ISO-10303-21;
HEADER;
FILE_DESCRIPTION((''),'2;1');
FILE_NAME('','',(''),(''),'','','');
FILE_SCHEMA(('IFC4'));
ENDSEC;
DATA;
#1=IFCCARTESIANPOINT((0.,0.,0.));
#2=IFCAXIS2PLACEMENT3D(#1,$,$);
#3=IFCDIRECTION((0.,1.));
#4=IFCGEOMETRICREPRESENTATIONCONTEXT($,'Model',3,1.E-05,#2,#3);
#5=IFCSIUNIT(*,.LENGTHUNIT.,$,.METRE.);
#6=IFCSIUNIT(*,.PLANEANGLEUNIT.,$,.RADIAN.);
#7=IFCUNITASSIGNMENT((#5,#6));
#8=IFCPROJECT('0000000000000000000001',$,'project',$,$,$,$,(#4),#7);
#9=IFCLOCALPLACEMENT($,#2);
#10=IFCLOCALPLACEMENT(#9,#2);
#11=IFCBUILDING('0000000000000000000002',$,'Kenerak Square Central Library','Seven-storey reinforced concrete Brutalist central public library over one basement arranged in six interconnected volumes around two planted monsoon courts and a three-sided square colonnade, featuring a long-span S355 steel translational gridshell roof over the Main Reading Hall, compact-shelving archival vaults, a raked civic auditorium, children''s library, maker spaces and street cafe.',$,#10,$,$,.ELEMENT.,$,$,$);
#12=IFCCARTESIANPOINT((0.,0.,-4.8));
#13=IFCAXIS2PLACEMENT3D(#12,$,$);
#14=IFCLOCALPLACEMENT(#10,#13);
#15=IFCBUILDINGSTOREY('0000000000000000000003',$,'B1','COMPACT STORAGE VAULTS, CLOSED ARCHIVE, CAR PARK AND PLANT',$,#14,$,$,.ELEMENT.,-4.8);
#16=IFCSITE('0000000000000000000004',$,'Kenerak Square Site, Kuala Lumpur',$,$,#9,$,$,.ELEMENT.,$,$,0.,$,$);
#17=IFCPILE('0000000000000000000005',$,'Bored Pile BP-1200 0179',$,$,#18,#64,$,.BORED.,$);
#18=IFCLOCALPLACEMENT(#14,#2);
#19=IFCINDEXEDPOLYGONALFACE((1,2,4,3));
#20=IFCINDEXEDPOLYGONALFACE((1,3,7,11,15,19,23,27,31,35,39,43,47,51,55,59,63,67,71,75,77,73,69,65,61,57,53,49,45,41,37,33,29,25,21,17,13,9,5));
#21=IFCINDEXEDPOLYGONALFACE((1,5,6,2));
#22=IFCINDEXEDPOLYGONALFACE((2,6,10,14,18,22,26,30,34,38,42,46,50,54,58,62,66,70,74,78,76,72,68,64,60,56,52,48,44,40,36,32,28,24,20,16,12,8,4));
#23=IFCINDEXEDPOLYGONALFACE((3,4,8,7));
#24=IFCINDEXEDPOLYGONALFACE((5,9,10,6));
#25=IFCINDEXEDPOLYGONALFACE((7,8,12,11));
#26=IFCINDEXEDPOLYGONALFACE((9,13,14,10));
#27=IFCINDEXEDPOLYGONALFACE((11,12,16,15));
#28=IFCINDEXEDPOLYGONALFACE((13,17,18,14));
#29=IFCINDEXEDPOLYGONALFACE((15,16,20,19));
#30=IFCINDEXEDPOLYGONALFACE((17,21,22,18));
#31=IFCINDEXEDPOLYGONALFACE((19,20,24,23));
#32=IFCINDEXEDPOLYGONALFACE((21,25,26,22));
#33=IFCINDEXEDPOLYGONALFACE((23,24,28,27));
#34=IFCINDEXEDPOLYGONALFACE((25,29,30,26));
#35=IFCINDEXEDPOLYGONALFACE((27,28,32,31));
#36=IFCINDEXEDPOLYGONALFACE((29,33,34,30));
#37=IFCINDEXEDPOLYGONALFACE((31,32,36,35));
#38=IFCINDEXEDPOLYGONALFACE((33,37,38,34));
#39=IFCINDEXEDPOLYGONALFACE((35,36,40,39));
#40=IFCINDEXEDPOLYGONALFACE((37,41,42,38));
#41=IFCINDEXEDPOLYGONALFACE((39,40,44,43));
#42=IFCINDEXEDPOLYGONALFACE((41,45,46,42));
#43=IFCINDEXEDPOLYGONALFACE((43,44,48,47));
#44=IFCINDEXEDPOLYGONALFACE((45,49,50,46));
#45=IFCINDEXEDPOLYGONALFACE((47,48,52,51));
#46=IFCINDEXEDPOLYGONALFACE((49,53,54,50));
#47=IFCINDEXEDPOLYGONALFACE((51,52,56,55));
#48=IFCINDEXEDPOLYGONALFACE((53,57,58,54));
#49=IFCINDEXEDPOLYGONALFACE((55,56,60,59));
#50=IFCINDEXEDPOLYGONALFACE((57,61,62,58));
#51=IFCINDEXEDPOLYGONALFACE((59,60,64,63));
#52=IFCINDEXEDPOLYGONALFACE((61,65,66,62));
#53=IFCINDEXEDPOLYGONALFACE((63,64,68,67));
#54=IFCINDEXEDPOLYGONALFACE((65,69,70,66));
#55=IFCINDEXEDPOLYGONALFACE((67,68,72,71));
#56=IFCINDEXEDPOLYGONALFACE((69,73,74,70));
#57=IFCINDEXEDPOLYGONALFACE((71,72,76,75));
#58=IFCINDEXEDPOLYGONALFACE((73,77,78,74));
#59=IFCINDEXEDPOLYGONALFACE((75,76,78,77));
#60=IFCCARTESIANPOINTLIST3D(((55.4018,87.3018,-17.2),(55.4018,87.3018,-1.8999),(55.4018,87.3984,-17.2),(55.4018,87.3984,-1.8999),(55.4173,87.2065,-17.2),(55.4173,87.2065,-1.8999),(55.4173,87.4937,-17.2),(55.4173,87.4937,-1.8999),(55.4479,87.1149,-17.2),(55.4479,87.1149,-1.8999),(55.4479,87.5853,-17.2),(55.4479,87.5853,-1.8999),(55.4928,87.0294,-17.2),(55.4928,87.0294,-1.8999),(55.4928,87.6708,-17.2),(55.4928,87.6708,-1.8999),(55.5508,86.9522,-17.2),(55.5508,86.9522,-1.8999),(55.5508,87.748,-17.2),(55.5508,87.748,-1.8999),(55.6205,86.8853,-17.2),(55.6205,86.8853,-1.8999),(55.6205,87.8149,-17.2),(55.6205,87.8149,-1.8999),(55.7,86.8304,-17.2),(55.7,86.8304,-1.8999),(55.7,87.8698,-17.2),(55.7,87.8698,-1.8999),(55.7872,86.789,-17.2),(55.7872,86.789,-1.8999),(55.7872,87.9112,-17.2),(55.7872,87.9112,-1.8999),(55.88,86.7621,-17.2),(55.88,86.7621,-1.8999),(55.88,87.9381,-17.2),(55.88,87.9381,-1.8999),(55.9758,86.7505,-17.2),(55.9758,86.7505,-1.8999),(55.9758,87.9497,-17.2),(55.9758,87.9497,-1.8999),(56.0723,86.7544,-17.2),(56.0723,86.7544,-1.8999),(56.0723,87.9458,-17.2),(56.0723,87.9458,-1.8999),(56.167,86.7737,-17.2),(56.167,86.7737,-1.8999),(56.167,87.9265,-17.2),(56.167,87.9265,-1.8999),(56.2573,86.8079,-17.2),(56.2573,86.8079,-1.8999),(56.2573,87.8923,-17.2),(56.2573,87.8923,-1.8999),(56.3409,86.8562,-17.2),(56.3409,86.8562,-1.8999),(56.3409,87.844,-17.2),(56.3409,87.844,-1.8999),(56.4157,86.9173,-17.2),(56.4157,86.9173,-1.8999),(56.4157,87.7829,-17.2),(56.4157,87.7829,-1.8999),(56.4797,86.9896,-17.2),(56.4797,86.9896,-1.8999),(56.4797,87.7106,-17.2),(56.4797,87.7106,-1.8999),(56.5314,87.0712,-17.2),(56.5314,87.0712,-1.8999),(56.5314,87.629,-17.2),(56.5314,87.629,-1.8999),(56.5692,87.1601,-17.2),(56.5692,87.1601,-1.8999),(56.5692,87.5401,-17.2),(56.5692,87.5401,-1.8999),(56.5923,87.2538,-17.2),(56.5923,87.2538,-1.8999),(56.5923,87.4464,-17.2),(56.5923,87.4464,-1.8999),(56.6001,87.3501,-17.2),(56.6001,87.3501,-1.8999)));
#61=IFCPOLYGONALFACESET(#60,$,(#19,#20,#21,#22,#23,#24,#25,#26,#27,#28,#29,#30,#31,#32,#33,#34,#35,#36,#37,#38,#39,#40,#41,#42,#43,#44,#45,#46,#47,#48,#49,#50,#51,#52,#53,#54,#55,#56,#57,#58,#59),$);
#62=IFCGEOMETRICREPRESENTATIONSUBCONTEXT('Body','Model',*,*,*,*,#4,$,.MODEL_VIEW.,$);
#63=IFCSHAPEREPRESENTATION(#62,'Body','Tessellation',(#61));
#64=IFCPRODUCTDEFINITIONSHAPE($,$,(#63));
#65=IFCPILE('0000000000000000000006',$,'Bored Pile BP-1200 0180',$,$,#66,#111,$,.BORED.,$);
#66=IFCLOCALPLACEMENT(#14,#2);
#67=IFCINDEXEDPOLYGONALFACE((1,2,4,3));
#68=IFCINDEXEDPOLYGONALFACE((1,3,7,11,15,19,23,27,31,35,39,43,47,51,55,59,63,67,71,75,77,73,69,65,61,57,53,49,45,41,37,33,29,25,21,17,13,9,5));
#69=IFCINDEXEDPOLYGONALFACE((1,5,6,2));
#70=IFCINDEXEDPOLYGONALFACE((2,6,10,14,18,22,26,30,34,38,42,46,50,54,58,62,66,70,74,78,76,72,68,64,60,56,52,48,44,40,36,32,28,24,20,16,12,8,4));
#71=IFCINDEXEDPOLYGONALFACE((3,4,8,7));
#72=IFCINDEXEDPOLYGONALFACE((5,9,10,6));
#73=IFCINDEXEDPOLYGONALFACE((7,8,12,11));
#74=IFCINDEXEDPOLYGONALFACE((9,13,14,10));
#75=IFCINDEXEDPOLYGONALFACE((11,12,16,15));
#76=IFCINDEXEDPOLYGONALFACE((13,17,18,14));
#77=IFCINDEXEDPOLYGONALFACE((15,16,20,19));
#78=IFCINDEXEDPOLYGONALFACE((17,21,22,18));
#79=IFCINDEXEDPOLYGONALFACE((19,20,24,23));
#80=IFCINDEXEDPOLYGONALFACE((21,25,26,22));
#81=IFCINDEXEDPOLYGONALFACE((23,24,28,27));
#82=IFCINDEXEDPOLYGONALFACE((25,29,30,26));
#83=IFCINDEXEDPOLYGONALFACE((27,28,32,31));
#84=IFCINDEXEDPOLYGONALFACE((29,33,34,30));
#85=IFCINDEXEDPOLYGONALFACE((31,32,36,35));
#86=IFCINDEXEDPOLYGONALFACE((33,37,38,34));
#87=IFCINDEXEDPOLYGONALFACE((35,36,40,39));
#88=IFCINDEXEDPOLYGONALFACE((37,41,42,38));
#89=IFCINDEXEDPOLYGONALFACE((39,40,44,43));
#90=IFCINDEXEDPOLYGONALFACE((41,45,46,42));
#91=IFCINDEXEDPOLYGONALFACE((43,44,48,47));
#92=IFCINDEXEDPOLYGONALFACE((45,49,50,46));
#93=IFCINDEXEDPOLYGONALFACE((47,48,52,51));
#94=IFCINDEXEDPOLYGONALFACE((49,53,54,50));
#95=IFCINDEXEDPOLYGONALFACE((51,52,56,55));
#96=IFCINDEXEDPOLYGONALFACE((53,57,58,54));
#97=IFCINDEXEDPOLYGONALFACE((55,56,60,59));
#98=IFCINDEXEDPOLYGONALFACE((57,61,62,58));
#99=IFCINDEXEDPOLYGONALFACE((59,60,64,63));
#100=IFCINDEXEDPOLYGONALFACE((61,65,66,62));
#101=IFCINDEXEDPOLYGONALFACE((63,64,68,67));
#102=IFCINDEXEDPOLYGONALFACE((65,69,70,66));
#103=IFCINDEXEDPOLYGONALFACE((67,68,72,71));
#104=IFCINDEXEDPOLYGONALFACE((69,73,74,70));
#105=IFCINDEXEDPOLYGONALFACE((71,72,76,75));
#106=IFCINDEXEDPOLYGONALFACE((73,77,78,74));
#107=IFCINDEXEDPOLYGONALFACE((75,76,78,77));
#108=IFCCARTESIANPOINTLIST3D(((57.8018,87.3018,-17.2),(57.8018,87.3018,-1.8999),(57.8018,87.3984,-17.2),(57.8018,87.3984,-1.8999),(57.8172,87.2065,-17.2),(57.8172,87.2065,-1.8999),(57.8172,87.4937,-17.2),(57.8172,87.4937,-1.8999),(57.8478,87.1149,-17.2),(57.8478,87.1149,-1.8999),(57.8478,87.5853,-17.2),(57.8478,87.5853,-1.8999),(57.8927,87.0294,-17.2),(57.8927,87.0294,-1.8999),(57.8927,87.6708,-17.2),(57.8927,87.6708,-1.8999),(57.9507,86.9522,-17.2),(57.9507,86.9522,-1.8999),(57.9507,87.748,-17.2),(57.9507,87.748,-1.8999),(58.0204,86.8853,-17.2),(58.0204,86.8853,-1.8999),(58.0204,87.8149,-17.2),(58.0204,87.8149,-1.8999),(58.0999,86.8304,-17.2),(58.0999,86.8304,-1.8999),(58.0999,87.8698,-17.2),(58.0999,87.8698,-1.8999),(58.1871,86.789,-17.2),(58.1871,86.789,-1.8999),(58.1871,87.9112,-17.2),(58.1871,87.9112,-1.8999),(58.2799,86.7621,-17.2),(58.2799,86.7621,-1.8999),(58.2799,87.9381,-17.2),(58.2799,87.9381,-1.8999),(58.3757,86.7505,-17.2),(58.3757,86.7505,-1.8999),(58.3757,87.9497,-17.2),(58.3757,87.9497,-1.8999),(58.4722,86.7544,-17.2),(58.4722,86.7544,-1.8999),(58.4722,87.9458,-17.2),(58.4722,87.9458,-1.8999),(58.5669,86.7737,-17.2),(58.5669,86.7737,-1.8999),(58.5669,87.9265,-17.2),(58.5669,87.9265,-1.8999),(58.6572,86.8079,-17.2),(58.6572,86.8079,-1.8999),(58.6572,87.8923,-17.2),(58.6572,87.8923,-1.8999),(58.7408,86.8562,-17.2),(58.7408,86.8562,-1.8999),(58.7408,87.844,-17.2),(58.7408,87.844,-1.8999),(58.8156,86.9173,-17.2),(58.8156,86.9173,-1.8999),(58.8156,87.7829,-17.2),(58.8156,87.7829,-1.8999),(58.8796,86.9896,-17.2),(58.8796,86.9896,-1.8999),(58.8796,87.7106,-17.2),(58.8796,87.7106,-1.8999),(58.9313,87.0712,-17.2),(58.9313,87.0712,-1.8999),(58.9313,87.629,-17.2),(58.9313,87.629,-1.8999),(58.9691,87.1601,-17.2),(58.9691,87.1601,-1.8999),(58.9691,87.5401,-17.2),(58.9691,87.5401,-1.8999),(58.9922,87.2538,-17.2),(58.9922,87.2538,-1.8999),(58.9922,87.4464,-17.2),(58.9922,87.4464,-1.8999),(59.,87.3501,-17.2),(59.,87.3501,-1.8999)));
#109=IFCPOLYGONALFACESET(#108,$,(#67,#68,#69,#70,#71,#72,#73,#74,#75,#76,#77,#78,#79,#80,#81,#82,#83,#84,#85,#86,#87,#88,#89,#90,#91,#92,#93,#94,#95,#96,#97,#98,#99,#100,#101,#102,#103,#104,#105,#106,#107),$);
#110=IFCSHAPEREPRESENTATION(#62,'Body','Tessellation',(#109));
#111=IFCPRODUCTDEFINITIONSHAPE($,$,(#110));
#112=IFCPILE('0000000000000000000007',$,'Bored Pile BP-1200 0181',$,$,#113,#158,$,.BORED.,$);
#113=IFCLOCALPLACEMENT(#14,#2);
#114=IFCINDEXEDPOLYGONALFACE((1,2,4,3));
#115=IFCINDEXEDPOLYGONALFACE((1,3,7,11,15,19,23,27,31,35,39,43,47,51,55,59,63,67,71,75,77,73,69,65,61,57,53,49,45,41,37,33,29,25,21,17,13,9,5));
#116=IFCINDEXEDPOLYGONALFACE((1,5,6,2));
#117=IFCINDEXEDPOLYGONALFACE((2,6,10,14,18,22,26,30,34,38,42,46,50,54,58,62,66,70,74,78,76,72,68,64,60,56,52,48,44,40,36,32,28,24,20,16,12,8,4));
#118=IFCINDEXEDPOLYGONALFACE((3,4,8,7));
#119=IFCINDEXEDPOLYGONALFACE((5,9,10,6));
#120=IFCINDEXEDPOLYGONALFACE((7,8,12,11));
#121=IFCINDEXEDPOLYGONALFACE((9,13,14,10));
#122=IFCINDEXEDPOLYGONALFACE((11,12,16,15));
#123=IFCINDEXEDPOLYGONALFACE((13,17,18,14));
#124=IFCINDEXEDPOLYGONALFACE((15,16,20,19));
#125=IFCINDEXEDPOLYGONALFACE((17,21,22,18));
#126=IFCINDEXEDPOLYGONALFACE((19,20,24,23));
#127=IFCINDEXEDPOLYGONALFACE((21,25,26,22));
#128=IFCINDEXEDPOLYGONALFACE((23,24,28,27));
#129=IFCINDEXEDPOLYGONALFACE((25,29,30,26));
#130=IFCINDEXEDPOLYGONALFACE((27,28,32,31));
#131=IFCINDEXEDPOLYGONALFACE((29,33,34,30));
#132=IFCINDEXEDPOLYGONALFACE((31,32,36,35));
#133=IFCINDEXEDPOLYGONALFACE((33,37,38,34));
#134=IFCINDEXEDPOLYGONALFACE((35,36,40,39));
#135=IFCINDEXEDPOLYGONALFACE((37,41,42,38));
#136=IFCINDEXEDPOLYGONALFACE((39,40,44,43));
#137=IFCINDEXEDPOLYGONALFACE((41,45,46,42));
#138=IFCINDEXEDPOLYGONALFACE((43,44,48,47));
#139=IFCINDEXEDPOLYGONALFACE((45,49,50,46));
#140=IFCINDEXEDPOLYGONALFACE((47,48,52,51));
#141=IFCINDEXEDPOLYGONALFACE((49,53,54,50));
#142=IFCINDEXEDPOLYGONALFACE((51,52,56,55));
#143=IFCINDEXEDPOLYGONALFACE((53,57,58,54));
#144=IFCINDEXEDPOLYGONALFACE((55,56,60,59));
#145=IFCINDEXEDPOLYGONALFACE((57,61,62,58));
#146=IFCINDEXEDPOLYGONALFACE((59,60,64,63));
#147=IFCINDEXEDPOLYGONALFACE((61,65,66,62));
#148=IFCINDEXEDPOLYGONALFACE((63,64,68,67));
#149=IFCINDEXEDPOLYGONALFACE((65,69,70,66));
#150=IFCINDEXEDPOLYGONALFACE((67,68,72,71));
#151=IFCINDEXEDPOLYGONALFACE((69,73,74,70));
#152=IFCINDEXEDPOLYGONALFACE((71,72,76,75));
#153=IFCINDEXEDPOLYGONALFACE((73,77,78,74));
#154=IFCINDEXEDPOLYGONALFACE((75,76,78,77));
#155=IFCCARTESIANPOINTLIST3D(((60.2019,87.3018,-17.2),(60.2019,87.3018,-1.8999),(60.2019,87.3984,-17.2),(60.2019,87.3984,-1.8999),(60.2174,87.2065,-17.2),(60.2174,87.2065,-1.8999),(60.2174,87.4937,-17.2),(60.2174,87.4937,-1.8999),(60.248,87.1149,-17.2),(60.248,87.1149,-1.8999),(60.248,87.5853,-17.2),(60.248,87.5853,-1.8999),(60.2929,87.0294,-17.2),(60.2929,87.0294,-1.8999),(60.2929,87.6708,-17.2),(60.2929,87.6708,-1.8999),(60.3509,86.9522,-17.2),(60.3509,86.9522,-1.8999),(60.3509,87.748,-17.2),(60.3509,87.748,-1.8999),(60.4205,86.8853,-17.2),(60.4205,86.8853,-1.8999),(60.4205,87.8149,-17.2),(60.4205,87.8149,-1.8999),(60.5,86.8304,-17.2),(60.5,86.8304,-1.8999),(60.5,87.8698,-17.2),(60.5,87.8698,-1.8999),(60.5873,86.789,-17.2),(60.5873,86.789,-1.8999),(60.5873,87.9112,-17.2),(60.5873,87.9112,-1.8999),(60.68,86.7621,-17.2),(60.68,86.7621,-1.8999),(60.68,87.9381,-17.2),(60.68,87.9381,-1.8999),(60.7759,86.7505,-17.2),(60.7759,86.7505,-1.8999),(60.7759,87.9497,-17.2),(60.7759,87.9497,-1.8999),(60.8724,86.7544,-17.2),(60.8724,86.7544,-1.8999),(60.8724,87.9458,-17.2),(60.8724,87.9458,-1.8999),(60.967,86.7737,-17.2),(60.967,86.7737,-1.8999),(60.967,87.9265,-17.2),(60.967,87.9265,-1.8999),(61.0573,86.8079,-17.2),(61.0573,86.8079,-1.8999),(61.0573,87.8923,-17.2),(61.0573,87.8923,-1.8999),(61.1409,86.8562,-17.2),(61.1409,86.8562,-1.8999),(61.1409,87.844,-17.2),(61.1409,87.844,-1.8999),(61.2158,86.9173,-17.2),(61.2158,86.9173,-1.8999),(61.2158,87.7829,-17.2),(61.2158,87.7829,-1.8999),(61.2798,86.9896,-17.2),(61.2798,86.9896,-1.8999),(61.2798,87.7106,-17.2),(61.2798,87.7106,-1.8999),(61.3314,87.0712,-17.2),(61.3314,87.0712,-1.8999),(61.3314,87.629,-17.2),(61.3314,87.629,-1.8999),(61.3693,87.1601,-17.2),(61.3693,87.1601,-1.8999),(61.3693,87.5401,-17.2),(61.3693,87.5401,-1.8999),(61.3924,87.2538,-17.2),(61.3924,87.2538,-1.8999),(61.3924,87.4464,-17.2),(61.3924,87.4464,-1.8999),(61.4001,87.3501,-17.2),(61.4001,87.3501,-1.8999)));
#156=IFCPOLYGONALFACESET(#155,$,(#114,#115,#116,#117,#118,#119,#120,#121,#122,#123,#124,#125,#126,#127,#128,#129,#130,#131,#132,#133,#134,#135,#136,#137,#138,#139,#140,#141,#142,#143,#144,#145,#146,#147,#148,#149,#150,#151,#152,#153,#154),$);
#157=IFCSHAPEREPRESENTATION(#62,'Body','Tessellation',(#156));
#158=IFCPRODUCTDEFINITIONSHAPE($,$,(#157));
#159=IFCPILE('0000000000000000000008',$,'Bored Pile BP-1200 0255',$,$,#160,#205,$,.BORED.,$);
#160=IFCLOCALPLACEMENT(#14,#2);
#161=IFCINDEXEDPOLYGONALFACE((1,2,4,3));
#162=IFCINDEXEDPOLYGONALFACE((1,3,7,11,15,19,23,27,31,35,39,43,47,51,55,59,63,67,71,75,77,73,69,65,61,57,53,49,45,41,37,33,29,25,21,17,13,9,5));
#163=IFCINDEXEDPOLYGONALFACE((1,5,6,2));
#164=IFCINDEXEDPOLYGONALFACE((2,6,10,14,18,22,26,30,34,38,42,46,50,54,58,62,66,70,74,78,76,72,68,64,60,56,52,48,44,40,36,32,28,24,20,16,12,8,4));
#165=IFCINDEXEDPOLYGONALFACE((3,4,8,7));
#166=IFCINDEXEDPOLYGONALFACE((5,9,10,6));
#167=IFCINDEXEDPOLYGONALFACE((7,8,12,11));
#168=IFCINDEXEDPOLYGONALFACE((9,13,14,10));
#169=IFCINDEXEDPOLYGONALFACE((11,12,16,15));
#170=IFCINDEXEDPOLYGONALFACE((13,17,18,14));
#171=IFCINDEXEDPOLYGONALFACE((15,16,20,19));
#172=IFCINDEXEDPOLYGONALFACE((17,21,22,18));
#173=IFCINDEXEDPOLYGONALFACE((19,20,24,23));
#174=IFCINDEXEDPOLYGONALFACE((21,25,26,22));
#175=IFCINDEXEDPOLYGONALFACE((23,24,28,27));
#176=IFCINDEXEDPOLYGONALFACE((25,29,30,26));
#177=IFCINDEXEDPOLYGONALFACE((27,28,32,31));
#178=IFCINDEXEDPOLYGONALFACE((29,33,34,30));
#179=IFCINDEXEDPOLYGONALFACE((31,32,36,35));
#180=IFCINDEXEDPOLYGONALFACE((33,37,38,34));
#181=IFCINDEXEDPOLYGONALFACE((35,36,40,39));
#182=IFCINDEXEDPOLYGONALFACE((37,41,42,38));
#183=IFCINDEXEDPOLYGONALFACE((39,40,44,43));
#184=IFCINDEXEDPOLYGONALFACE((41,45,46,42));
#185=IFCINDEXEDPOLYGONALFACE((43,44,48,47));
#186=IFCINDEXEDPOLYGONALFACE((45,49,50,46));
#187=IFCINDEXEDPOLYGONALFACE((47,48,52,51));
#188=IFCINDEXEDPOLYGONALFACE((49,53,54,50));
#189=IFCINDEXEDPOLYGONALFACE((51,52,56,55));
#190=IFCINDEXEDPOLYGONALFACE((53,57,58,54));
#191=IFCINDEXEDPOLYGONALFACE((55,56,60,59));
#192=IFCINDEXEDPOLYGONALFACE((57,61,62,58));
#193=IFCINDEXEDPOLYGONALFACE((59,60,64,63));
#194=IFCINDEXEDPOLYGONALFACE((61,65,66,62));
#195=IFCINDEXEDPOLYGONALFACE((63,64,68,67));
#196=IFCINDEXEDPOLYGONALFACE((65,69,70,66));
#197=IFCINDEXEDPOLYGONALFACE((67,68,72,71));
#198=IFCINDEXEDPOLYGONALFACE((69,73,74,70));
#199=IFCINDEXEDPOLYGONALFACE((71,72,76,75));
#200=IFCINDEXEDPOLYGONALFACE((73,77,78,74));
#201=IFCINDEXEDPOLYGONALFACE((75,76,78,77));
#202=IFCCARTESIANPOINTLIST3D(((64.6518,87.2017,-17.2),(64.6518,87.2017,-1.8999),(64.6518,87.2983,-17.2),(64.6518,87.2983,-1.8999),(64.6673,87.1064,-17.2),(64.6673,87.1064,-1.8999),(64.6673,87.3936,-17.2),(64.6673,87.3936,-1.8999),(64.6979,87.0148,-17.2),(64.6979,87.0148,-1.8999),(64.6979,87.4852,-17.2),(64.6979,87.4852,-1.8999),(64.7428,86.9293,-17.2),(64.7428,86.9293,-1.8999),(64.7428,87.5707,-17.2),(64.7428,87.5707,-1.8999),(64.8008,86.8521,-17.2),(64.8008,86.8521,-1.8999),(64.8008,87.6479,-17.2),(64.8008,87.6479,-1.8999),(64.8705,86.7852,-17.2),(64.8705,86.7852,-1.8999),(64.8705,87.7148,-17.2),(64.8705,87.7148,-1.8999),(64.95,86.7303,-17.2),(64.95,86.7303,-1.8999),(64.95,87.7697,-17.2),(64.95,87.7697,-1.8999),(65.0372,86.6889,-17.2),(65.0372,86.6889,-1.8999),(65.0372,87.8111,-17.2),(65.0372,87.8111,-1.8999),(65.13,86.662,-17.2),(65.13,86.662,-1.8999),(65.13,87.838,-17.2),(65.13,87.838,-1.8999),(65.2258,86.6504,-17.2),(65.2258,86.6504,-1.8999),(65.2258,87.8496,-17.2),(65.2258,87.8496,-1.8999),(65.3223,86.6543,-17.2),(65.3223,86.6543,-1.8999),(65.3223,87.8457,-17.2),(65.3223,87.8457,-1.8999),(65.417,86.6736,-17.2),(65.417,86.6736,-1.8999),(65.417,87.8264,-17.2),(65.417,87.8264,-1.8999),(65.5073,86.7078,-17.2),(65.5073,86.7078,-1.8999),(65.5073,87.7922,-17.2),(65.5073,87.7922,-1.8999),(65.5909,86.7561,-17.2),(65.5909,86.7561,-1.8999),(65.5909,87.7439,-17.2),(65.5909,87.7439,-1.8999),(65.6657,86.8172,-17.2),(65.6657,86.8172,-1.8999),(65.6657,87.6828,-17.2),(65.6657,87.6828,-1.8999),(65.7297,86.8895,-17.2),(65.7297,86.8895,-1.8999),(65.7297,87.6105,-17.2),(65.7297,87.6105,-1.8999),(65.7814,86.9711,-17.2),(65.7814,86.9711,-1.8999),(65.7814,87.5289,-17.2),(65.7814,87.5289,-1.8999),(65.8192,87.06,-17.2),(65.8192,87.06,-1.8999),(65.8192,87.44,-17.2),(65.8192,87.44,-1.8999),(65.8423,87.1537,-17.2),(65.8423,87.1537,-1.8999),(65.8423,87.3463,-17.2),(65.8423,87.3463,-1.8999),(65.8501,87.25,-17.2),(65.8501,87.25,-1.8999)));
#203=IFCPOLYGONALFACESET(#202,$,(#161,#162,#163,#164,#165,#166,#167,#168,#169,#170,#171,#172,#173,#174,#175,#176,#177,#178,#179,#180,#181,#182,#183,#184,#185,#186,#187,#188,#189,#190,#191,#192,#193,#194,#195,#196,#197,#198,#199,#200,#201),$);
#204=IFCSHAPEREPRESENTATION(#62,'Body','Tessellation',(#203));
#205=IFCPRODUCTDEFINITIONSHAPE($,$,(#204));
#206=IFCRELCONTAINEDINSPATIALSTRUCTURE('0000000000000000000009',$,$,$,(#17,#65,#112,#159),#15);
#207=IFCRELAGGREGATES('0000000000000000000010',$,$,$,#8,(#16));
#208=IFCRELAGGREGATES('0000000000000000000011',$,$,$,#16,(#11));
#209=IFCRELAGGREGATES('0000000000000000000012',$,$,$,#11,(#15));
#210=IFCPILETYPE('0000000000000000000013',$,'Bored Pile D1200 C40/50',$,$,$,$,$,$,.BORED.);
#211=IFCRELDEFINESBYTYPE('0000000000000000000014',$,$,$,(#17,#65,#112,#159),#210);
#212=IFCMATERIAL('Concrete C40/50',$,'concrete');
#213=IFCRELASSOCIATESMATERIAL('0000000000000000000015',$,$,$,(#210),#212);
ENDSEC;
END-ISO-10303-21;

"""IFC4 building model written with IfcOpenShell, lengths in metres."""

from ifc_helpers import new_model, si_unit, direction, frame, origin, origin_2d, place, context, subcontext, project, spatial, circle, extrude, material, material_profile, profile_set, type_object, element, save


model = new_model("IFC4")

# Units and contexts
model_context = context("Model", 3, precision=1e-05, world=origin(), true_north=direction((0.0, 1.0)))
body_context = subcontext(model_context, "Body", "Model", "MODEL_VIEW")
ifc_project = project(units=[si_unit("LENGTHUNIT", "METRE"), si_unit("PLANEANGLEUNIT", "RADIAN")], contexts=[model_context])

# Site, building, storey
site_placement = place(None, origin())
site = spatial("IfcSite", under=ifc_project, at=site_placement, Name="Kenerak Square Site, Kuala Lumpur", CompositionType="ELEMENT", RefElevation=0.0)
building_placement = place(site_placement, origin())
building = spatial("IfcBuilding", under=site, at=building_placement, Name="Kenerak Square Central Library", Description="Seven-storey reinforced concrete Brutalist central public library over one basement arranged in six interconnected volumes around two planted monsoon courts and a three-sided square colonnade, featuring a long-span S355 steel translational gridshell roof over the Main Reading Hall, compact-shelving archival vaults, a raked civic auditorium, children's library, maker spaces and street cafe.", CompositionType="ELEMENT")
storey_placement = place(building_placement, frame((0.0, 0.0, -4.8)))
storey = spatial("IfcBuildingStorey", under=building, at=storey_placement, Name="B1", Description="COMPACT STORAGE VAULTS, CLOSED ARCHIVE, CAR PARK AND PLANT", CompositionType="ELEMENT", Elevation=-4.8)

# Piles
ifc_material_1 = material(Name="Concrete C40/50", Category="concrete")
ifc_material_profile_1 = material_profile(ifc_material_1, circle(Radius=0.6001, at=origin_2d()), Name="BP D1200")
ifc_profile_set_1 = profile_set([ifc_material_profile_1], Name="Concrete C40/50")
pile_type_1 = type_object("IfcPileType", Name="Bored Pile D1200 C40/50", PredefinedType="BORED", material=ifc_profile_set_1)
for number, where, z_axis, x_axis, name in (
    (1, (56.0, 87.3501, -1.8999), (0.0, 0.0, -1.0), (1.0, 0.0, 0.0), "Bored Pile BP-1200 0179"),
    (2, (58.3999, 87.3501, -1.8999), (0.0, 0.0, -1.0), (1.0, 0.0, 0.0), "Bored Pile BP-1200 0180"),
    (3, (60.8, 87.3501, -1.8999), (0.0, 0.0, -1.0), (1.0, 0.0, 0.0), "Bored Pile BP-1200 0181"),
    (4, (65.25, 87.25, -1.8999), (0.0, 0.0, -1.0), (1.0, 0.0, 0.0), "Bored Pile BP-1200 0255"),
):
    element("IfcPile", number, at=place(storey_placement, frame(where, z_axis=z_axis, x_axis=x_axis)), inside=storey, type_object=pile_type_1, Name=name, PredefinedType="BORED", context=body_context, shape_type="SweptSolid", body=[
        extrude(circle(Radius=0.6001, at=origin_2d()), origin(), (0.0, 0.0, 1.0), 15.3),
    ])

save(model, "model.ifc")
